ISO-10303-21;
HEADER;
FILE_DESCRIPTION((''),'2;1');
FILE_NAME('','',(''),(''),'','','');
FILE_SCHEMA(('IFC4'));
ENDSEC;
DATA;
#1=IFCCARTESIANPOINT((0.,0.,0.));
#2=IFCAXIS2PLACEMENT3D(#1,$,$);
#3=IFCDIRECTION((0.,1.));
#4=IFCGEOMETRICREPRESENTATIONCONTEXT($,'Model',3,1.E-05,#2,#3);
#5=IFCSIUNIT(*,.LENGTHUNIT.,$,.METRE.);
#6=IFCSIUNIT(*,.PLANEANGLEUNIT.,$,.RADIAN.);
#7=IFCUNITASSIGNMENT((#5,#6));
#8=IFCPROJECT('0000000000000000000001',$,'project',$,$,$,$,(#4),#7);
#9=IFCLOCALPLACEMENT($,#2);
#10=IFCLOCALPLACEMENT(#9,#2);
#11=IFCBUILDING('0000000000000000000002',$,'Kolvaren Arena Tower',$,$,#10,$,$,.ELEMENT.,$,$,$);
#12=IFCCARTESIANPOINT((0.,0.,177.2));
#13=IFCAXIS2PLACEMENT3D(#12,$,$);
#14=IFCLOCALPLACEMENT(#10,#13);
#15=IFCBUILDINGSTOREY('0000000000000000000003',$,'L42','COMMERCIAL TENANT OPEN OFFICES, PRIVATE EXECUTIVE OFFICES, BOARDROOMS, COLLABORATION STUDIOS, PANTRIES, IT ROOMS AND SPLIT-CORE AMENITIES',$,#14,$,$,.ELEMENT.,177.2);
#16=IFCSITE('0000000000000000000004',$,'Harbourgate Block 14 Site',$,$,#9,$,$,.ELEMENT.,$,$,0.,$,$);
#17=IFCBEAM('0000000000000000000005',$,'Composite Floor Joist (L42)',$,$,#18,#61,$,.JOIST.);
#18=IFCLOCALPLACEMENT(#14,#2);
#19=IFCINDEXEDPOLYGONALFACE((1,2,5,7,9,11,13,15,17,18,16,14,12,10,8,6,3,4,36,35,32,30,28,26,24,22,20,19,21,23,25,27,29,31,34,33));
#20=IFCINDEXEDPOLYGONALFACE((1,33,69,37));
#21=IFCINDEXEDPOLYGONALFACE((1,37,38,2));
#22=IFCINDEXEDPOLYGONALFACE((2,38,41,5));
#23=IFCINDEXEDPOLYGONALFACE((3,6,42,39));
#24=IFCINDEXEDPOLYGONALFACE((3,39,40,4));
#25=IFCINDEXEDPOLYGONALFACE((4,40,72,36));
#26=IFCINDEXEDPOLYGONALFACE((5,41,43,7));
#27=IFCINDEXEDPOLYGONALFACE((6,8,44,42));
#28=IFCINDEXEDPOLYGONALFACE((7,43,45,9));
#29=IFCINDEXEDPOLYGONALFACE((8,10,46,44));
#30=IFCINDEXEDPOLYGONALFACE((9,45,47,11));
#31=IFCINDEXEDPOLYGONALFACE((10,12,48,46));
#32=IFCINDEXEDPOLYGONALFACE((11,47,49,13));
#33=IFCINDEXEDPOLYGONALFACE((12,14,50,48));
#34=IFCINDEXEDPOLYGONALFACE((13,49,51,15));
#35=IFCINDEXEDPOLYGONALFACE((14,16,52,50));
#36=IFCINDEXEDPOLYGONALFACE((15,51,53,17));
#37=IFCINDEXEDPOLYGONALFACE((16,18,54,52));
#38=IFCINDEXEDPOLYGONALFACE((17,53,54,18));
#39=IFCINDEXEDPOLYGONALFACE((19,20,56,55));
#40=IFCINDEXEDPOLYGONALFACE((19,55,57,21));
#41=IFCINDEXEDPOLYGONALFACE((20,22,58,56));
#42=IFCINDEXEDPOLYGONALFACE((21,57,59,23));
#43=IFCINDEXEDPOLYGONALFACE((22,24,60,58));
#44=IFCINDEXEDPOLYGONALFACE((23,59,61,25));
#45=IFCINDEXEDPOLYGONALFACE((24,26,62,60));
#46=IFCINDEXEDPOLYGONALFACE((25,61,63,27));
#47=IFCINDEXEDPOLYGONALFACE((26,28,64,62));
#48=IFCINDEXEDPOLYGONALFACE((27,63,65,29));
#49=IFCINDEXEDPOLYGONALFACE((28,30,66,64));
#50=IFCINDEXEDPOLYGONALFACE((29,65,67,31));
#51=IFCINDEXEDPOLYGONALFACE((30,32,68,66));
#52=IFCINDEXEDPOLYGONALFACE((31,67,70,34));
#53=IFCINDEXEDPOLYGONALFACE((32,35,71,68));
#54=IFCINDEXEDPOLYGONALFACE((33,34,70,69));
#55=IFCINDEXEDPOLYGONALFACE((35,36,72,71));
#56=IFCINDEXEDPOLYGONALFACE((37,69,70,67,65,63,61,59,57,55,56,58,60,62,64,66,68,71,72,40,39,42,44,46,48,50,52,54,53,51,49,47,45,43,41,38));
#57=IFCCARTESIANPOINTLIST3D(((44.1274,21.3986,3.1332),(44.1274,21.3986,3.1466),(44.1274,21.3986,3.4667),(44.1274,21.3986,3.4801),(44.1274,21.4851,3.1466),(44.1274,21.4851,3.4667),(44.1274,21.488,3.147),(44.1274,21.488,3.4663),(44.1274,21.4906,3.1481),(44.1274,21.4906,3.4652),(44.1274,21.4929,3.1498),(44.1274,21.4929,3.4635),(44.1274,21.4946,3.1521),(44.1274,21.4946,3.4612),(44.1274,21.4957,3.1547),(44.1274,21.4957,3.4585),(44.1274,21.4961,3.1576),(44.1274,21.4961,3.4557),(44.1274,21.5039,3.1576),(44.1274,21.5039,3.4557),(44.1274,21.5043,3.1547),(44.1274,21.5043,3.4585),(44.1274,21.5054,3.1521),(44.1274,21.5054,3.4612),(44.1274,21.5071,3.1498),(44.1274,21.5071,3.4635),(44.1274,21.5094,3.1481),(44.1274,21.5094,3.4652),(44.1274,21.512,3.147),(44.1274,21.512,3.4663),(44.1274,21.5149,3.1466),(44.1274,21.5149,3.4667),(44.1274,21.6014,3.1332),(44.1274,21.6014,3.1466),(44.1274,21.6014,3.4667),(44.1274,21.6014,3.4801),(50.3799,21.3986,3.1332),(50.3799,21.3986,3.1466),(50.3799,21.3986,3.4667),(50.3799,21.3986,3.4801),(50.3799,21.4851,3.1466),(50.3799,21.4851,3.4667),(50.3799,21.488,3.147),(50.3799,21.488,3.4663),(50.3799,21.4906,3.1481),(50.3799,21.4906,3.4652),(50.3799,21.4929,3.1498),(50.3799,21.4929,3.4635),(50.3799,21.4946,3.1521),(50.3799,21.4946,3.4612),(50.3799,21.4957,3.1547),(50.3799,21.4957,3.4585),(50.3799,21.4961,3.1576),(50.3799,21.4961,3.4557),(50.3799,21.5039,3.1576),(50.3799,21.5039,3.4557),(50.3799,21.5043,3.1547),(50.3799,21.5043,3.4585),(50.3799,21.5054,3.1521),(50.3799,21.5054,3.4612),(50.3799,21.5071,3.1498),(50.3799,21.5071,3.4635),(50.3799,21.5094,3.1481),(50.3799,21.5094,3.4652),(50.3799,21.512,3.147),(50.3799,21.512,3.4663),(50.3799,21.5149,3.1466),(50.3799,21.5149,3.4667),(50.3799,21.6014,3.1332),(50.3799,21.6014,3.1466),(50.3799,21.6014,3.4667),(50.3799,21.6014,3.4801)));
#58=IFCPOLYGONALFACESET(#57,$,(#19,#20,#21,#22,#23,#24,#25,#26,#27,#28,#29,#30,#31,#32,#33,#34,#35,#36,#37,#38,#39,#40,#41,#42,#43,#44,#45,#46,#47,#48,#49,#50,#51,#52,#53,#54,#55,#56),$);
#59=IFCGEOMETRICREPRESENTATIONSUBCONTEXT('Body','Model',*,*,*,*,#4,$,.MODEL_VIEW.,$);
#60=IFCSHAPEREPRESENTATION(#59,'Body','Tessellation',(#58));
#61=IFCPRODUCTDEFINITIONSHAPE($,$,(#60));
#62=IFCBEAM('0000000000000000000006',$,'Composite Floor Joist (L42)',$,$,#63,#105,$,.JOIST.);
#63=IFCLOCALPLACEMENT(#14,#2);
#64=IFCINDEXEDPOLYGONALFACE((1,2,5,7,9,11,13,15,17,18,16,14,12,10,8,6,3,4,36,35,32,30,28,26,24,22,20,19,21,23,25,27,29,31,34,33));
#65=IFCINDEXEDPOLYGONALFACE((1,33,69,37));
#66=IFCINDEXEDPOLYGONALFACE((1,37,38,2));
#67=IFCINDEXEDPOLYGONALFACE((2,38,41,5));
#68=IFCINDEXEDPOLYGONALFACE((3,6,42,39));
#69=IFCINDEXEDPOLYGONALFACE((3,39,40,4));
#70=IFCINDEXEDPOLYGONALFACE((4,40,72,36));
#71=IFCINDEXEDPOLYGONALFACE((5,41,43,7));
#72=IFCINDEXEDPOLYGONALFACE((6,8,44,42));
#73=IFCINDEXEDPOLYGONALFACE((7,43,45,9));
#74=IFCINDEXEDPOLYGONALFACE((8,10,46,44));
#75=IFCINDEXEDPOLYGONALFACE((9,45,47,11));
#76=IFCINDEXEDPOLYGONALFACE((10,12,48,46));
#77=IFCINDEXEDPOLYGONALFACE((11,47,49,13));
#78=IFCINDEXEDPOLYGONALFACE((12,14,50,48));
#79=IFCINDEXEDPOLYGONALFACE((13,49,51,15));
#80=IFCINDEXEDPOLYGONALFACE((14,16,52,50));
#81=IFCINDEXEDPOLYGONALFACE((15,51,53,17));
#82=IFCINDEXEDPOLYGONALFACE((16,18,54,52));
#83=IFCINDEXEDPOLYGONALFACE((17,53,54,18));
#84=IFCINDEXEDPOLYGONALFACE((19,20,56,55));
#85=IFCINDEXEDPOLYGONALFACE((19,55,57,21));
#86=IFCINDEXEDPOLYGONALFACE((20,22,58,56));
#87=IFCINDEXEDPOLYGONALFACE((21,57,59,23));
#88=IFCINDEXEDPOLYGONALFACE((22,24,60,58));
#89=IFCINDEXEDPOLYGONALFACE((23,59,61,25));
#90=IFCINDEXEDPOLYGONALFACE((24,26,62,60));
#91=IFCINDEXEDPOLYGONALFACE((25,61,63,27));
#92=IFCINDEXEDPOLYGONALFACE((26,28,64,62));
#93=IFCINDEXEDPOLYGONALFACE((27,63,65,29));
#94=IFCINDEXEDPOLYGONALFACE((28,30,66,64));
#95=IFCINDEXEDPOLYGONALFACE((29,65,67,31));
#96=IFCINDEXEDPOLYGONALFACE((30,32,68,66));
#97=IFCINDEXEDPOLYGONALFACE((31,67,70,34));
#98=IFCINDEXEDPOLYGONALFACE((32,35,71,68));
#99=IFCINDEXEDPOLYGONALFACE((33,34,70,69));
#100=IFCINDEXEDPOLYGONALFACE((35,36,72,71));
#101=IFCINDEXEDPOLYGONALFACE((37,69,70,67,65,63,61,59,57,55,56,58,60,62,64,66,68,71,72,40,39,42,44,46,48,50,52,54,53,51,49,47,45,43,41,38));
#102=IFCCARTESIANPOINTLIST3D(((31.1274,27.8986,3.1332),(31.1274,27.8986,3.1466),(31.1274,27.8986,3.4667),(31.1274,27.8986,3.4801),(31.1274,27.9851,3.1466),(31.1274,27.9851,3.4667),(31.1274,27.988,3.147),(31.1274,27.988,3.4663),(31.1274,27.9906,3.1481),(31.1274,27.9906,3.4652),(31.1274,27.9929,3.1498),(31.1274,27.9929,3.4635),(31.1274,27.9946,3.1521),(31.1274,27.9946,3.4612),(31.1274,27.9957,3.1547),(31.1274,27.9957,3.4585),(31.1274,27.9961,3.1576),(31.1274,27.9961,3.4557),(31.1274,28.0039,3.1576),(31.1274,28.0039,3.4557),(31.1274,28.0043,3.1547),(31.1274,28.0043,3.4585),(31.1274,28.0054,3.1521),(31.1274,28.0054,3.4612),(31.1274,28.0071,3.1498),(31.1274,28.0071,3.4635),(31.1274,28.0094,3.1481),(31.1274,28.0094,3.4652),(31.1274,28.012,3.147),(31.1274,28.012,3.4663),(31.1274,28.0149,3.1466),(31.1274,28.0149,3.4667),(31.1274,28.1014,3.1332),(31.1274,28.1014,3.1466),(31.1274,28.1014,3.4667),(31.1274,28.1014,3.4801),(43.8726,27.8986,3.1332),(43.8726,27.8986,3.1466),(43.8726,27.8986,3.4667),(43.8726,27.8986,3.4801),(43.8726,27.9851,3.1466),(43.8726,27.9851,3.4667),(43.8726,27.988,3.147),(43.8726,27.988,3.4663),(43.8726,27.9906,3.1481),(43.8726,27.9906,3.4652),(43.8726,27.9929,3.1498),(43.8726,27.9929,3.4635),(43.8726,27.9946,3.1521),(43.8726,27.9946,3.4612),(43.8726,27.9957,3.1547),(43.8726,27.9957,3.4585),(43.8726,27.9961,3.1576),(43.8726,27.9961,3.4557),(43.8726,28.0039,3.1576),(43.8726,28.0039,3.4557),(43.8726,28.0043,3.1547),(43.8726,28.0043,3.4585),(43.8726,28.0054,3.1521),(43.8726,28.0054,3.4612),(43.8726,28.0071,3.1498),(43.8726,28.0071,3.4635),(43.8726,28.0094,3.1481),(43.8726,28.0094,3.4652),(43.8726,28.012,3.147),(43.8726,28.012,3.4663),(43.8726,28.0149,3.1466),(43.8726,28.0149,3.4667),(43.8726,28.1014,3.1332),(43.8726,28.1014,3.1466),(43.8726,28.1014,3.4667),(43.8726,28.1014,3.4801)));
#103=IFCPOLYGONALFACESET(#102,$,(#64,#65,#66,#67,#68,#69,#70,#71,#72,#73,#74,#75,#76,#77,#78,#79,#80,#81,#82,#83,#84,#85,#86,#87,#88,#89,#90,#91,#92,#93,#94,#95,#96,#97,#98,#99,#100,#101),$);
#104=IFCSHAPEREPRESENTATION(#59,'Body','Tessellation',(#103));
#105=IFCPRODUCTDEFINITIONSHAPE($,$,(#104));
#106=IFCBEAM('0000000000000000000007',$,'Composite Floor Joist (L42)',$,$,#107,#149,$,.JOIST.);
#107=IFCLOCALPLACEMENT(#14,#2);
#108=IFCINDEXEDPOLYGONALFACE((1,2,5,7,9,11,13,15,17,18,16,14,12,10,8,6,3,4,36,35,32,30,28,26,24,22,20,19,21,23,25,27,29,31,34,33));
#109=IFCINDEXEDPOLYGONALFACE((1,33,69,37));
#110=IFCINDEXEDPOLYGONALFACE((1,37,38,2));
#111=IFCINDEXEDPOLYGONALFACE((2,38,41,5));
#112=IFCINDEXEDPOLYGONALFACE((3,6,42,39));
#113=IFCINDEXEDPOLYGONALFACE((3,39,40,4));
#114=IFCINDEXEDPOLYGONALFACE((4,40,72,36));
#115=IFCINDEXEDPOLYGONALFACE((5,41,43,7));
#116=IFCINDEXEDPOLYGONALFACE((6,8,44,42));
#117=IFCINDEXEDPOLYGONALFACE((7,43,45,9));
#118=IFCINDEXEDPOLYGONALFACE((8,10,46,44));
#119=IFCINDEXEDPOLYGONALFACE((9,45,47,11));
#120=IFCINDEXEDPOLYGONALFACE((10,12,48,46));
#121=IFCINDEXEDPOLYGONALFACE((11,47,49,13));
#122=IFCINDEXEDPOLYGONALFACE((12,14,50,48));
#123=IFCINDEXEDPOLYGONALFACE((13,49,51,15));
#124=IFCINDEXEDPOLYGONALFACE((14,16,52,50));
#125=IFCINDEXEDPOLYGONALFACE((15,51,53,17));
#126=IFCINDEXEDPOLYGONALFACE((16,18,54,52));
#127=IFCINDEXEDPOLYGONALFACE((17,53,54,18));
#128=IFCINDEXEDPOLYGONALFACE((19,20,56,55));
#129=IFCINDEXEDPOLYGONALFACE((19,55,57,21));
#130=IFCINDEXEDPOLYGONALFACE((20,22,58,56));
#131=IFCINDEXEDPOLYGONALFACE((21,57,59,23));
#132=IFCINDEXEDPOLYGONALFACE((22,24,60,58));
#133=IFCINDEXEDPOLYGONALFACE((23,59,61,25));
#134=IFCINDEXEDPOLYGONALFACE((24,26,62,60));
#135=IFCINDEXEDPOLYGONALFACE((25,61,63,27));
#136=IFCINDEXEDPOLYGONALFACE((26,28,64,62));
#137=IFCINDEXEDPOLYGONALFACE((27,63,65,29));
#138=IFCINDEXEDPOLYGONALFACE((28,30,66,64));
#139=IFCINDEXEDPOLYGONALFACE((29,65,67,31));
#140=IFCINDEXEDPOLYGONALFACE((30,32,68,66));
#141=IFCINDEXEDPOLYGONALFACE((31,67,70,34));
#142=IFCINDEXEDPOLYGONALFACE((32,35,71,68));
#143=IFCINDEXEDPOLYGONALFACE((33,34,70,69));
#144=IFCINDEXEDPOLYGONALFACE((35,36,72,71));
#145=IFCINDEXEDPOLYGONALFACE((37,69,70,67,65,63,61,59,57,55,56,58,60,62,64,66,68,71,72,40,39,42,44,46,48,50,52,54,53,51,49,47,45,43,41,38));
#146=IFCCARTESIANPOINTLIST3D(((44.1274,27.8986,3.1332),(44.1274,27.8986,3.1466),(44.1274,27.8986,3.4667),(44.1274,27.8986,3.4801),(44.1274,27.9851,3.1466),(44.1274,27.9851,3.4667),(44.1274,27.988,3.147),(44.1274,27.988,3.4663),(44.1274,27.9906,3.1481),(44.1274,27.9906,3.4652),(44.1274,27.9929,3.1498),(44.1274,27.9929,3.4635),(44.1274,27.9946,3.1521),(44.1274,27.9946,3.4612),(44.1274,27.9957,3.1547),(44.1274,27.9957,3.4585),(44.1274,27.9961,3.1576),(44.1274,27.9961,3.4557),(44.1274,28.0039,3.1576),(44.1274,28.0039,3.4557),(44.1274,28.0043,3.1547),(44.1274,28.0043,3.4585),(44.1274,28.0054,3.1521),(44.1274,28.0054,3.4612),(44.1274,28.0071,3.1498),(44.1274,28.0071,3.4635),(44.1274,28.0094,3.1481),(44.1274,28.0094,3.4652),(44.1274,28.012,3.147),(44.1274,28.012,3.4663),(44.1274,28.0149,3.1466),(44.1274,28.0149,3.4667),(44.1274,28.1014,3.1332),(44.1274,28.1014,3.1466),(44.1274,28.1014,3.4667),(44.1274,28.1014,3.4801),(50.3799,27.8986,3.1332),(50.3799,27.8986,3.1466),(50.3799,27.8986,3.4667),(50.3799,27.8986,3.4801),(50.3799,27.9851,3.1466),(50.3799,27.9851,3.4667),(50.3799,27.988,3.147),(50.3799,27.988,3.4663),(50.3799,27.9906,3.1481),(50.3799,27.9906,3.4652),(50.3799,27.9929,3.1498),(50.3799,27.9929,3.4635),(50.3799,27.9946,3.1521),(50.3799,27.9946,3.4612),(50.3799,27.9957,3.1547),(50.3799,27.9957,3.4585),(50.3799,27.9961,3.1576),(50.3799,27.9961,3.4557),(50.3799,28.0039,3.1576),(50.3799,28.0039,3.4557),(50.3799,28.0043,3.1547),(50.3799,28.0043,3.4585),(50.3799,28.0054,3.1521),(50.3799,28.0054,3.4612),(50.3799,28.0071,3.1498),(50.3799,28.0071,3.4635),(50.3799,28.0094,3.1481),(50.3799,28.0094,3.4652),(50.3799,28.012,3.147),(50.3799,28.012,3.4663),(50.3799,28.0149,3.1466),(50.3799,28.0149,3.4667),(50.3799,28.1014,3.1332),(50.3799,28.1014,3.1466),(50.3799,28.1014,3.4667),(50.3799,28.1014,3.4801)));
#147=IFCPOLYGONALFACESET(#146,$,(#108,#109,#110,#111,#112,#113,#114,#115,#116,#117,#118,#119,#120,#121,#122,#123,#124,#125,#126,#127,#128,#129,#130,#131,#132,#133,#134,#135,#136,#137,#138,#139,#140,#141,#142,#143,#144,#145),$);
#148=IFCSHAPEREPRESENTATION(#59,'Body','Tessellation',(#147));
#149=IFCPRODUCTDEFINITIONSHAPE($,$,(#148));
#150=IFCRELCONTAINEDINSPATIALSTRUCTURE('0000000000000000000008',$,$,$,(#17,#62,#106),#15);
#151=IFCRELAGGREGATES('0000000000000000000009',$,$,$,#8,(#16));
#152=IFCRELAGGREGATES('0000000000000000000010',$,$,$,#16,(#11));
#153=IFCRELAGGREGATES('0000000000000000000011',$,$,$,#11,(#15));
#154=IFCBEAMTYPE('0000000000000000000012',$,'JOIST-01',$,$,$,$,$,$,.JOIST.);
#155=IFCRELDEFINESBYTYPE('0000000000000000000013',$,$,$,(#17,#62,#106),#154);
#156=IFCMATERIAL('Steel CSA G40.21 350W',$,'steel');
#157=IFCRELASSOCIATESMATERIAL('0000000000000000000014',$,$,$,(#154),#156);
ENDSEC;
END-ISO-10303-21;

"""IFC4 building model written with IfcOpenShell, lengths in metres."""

from ifc_helpers import new_model, si_unit, direction, frame, origin, origin_2d, place, context, subcontext, project, spatial, i_section, extrude, material, material_profile, profile_set, type_object, element, save


model = new_model("IFC4")

# Units and contexts
model_context = context("Model", 3, precision=1e-05, world=origin(), true_north=direction((0.0, 1.0)))
body_context = subcontext(model_context, "Body", "Model", "MODEL_VIEW")
ifc_project = project(units=[si_unit("LENGTHUNIT", "METRE"), si_unit("PLANEANGLEUNIT", "RADIAN")], contexts=[model_context])

# Site, building, storey
site_placement = place(None, origin())
site = spatial("IfcSite", under=ifc_project, at=site_placement, Name="Harbourgate Block 14 Site", CompositionType="ELEMENT", RefElevation=0.0)
building_placement = place(site_placement, origin())
building = spatial("IfcBuilding", under=site, at=building_placement, Name="Kolvaren Arena Tower", CompositionType="ELEMENT")
storey_placement = place(building_placement, frame((0.0, 0.0, 177.2)))
storey = spatial("IfcBuildingStorey", under=building, at=storey_placement, Name="L42", Description="COMMERCIAL TENANT OPEN OFFICES, PRIVATE EXECUTIVE OFFICES, BOARDROOMS, COLLABORATION STUDIOS, PANTRIES, IT ROOMS AND SPLIT-CORE AMENITIES", CompositionType="ELEMENT", Elevation=177.2)

# Beams
ifc_material_1 = material(Name="Steel CSA G40.21 350W", Category="steel")
ifc_material_profile_1 = material_profile(ifc_material_1, i_section(OverallWidth=0.2029, OverallDepth=0.3469, WebThickness=0.0078, FlangeThickness=0.0134, FilletRadius=0.011, at=origin_2d()), Name="W360x64")
ifc_profile_set_1 = profile_set([ifc_material_profile_1], Name="Steel CSA G40.21 350W")
beam_type_1 = type_object("IfcBeamType", Name="JOIST-01", PredefinedType="JOIST", material=ifc_profile_set_1)
beam_1_placement = place(storey_placement, frame((44.1274, 21.5, 3.3066), z_axis=(1.0, 0.0, 0.0), x_axis=(0.0, 1.0, 0.0)))
element("IfcBeam", 1, at=beam_1_placement, inside=storey, type_object=beam_type_1, Name="Composite Floor Joist (L42)", PredefinedType="JOIST", context=body_context, shape_type="SweptSolid", body=[
    extrude(i_section(OverallWidth=0.2029, OverallDepth=0.3469, WebThickness=0.0078, FlangeThickness=0.0134, FilletRadius=0.011, at=origin_2d()), origin(), (0.0, 0.0, 1.0), 6.2524),
])
beam_2_placement = place(storey_placement, frame((31.1274, 28.0, 3.3066), z_axis=(1.0, 0.0, 0.0), x_axis=(0.0, 1.0, 0.0)))
element("IfcBeam", 2, at=beam_2_placement, inside=storey, type_object=beam_type_1, Name="Composite Floor Joist (L42)", PredefinedType="JOIST", context=body_context, shape_type="SweptSolid", body=[
    extrude(i_section(OverallWidth=0.2029, OverallDepth=0.3469, WebThickness=0.0078, FlangeThickness=0.0134, FilletRadius=0.011, at=origin_2d()), origin(), (0.0, 0.0, 1.0), 12.7451),
])
beam_3_placement = place(storey_placement, frame((44.1274, 28.0, 3.3066), z_axis=(1.0, 0.0, 0.0), x_axis=(0.0, 1.0, 0.0)))
element("IfcBeam", 3, at=beam_3_placement, inside=storey, type_object=beam_type_1, Name="Composite Floor Joist (L42)", PredefinedType="JOIST", context=body_context, shape_type="SweptSolid", body=[
    extrude(i_section(OverallWidth=0.2029, OverallDepth=0.3469, WebThickness=0.0078, FlangeThickness=0.0134, FilletRadius=0.011, at=origin_2d()), origin(), (0.0, 0.0, 1.0), 6.2524),
])

save(model, "model.ifc")
